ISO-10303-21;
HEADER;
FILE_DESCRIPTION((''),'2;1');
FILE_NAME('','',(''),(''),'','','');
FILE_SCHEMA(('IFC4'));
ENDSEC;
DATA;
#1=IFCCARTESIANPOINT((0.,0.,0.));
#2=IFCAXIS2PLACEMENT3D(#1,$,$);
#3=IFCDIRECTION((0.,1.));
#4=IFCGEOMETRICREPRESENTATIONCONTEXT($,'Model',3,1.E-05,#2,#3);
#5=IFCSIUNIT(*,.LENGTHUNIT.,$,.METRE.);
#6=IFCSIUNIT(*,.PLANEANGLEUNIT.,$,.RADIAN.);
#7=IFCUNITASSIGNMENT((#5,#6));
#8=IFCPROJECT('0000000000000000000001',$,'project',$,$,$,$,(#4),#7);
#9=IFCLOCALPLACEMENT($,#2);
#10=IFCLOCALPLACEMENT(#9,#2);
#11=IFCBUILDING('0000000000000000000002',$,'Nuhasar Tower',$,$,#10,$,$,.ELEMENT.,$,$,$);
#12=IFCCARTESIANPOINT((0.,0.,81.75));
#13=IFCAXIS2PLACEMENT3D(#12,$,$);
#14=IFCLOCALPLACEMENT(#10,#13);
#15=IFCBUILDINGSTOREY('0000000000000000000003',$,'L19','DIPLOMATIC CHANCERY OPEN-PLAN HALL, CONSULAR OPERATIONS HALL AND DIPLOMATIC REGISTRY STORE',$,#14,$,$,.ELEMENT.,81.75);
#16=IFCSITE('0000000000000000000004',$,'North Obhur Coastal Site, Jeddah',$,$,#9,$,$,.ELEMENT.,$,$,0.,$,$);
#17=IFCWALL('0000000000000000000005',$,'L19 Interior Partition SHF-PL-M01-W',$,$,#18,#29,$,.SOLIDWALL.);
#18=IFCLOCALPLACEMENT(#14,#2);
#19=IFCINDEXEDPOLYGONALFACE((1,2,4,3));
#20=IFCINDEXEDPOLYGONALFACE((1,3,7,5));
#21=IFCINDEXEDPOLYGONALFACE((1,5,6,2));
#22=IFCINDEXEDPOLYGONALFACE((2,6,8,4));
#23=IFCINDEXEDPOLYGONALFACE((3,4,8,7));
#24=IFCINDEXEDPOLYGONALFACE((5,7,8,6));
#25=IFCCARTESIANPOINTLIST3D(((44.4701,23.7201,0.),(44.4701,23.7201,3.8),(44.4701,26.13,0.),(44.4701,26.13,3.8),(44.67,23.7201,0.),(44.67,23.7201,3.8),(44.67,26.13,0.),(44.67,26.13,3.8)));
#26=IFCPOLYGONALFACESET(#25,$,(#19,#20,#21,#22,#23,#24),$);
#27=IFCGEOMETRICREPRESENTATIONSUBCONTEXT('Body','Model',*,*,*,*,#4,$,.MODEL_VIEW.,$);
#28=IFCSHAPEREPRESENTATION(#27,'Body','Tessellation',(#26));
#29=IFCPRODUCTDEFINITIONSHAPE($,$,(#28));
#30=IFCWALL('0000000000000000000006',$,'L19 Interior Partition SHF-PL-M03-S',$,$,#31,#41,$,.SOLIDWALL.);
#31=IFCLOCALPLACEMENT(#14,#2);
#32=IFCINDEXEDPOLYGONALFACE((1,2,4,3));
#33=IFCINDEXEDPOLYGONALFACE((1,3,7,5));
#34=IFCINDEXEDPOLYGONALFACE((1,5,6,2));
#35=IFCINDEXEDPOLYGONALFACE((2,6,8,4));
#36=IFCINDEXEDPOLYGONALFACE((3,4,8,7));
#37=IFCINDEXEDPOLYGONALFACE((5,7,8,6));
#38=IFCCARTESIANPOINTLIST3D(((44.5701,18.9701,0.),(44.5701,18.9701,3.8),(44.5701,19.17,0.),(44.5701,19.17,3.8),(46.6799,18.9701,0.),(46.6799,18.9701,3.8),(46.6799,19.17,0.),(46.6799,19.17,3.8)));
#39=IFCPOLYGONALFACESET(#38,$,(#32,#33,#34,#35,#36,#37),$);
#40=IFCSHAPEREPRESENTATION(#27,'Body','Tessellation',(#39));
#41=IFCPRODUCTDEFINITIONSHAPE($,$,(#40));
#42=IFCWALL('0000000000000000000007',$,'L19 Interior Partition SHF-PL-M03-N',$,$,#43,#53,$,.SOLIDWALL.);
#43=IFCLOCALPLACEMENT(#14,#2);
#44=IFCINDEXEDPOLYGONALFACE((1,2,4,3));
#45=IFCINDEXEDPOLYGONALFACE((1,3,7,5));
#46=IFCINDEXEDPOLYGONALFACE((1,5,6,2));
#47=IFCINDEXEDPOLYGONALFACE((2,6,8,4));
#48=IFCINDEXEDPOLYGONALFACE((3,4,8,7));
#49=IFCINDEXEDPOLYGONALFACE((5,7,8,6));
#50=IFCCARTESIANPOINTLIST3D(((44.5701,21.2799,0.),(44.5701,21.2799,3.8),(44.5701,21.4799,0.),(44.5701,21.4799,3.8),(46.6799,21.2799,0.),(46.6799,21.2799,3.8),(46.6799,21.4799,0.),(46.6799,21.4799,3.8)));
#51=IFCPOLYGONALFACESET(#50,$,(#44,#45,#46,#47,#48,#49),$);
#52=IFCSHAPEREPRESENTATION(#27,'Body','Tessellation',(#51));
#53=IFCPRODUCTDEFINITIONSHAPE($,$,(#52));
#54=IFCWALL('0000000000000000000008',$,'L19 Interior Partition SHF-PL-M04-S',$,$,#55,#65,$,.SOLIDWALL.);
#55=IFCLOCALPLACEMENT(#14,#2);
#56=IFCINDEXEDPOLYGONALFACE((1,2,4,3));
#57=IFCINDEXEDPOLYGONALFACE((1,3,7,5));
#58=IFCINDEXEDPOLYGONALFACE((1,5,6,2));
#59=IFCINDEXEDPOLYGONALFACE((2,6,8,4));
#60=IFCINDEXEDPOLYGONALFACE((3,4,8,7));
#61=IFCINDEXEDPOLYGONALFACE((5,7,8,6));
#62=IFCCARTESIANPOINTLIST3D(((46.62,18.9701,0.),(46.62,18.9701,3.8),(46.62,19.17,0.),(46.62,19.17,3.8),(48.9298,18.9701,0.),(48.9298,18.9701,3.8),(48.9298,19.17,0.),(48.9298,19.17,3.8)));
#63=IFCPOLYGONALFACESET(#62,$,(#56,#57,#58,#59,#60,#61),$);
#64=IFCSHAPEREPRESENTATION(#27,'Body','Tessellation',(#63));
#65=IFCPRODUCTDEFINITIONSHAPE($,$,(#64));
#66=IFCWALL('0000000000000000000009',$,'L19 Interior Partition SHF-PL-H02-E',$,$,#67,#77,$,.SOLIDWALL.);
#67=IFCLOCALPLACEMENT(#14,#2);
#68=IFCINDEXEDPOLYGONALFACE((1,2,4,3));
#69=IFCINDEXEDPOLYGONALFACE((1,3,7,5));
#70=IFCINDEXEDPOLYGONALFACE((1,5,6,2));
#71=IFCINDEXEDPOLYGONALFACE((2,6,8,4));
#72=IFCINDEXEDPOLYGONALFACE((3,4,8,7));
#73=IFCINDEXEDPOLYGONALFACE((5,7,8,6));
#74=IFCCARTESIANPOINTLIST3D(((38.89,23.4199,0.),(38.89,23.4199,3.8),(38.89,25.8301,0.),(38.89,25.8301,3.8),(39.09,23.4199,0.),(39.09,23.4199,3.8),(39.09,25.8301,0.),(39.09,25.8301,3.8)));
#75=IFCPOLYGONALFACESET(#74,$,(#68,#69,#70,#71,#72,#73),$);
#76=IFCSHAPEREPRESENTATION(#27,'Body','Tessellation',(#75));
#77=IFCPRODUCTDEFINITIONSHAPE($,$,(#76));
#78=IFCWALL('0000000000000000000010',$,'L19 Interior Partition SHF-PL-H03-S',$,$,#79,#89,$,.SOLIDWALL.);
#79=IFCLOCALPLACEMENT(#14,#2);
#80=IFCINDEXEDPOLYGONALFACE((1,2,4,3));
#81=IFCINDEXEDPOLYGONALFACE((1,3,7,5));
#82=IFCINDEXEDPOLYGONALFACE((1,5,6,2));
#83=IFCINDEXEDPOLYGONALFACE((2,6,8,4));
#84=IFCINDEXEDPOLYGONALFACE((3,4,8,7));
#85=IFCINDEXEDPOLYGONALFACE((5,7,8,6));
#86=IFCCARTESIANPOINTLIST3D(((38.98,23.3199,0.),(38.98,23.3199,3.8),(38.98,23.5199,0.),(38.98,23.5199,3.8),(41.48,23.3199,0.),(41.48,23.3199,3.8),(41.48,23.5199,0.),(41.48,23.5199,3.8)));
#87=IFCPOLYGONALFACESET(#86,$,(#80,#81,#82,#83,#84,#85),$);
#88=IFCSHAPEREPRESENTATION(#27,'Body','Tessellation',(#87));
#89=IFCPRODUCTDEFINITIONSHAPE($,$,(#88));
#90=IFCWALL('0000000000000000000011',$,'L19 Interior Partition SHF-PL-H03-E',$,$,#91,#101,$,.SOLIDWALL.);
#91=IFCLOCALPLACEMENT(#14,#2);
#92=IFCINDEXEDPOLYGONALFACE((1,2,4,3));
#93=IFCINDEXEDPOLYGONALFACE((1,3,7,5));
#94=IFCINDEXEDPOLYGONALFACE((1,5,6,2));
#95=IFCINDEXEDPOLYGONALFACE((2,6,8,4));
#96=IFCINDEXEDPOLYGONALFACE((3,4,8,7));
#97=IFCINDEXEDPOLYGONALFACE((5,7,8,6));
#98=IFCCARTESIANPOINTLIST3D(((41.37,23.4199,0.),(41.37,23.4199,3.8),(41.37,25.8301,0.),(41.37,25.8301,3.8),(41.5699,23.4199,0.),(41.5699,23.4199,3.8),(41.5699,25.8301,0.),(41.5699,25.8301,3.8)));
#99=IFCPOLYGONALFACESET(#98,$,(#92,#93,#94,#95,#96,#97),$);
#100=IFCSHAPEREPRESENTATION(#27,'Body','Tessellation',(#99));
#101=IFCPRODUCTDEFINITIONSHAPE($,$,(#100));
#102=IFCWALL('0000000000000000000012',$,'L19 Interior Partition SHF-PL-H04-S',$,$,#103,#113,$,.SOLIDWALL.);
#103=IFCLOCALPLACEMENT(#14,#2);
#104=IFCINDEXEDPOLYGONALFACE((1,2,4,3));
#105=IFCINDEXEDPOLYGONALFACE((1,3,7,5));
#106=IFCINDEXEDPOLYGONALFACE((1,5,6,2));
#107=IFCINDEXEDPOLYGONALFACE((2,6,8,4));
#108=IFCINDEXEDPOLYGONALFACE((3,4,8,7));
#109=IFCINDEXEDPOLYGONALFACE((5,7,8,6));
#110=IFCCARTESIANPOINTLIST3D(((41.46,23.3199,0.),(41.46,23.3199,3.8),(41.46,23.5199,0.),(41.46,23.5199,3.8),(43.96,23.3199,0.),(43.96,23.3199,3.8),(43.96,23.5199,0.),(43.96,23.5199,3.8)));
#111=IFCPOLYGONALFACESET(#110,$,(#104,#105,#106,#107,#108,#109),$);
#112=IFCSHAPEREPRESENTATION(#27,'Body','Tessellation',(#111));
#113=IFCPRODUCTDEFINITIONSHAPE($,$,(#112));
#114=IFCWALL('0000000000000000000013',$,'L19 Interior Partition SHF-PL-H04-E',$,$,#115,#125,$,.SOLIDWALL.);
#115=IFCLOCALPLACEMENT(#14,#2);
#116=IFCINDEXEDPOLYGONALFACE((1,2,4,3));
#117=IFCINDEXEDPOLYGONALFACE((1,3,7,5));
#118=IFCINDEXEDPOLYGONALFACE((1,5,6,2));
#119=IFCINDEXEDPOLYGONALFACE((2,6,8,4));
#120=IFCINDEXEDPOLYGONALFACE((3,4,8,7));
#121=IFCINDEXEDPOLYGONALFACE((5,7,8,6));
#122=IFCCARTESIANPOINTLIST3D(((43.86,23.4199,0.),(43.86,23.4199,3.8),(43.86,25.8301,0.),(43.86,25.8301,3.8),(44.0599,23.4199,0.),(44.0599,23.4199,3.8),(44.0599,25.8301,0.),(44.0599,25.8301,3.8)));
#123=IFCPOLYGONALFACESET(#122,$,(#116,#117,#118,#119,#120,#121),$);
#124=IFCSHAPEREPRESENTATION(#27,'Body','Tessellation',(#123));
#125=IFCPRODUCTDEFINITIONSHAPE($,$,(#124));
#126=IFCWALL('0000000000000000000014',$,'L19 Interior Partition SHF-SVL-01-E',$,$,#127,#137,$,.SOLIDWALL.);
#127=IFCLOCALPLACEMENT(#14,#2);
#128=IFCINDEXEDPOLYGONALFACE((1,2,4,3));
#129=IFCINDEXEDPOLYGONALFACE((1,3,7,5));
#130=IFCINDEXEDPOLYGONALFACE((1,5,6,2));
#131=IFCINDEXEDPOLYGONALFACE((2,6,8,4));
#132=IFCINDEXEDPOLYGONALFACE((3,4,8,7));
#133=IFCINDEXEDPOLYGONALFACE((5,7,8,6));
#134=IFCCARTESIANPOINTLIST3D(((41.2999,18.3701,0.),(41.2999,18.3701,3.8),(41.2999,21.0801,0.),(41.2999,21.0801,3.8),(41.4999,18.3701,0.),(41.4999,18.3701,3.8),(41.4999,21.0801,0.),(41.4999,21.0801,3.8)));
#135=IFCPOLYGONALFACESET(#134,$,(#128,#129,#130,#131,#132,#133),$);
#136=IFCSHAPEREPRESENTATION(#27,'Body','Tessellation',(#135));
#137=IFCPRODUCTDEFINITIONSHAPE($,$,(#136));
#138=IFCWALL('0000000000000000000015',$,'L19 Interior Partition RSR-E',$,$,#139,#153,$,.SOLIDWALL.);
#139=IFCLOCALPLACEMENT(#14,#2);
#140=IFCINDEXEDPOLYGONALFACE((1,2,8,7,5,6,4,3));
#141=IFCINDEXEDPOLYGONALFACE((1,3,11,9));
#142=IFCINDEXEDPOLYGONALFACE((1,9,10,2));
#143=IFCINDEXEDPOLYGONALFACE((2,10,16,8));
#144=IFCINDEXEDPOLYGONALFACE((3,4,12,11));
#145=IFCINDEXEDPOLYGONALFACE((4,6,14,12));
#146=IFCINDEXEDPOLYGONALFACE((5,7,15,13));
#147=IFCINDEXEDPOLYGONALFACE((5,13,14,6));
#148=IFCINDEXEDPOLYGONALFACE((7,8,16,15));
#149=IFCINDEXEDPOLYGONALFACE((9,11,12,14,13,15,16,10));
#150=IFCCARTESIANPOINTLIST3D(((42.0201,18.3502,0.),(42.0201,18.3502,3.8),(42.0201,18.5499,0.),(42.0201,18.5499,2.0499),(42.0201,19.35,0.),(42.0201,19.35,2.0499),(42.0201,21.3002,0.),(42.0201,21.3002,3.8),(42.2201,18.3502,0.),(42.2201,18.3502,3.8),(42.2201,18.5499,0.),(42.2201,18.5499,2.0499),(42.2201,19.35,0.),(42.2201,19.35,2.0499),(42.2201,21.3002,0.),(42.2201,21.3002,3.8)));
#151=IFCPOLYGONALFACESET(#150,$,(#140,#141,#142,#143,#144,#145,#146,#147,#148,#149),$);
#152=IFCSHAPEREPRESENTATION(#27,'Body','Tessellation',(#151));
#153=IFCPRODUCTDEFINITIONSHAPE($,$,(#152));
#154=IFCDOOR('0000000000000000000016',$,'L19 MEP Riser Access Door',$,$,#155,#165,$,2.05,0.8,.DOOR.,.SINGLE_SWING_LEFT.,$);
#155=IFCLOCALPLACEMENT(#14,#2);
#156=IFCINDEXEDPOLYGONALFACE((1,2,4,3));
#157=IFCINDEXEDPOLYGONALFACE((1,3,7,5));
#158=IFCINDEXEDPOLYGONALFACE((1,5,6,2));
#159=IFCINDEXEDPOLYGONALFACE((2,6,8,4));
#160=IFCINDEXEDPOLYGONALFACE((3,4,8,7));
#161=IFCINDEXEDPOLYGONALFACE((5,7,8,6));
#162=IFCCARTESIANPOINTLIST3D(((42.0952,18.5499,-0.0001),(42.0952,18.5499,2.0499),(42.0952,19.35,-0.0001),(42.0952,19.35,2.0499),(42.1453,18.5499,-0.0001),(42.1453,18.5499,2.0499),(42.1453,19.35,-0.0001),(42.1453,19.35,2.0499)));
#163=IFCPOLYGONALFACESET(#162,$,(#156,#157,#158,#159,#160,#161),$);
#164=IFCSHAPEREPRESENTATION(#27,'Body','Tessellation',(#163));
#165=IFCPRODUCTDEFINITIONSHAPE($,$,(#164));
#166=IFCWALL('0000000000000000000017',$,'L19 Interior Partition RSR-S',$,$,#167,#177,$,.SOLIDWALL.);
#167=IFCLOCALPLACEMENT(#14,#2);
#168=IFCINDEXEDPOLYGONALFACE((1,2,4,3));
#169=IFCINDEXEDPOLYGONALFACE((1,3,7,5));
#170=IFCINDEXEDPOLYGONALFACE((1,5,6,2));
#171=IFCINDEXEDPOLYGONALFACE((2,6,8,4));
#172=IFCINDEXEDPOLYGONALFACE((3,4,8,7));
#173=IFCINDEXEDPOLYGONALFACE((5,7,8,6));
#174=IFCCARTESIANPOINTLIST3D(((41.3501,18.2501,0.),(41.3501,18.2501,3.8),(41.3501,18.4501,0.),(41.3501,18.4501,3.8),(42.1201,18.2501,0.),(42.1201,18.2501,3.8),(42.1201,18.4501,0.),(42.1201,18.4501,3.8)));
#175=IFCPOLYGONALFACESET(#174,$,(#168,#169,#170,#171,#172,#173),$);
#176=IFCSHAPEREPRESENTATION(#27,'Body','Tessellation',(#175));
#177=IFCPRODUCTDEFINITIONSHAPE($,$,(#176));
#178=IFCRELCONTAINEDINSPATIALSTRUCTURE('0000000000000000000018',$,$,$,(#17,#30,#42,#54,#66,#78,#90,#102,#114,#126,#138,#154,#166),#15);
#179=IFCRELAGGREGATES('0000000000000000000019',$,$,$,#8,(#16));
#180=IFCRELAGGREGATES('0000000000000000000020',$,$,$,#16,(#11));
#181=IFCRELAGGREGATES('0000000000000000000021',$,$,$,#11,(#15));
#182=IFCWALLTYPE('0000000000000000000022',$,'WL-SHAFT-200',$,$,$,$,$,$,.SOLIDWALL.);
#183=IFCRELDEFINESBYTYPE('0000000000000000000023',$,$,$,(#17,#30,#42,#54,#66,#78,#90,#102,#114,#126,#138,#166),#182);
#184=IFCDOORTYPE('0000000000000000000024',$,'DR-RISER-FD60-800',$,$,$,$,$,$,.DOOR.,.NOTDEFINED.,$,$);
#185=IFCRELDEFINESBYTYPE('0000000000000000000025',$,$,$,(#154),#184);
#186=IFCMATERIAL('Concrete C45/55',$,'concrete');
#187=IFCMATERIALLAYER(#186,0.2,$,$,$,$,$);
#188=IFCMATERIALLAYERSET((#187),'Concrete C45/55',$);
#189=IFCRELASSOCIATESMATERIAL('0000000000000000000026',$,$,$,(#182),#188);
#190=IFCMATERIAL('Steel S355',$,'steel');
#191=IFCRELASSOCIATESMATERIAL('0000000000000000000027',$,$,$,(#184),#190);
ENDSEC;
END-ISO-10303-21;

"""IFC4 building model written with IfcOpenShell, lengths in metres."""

from ifc_helpers import new_model, si_unit, direction, frame, frame_2d, origin, place, context, subcontext, project, spatial, rectangle, extrude, material, layer, layer_set, type_object, element, fill, save


model = new_model("IFC4")

# Units and contexts
model_context = context("Model", 3, precision=1e-05, world=origin(), true_north=direction((0.0, 1.0)))
body_context = subcontext(model_context, "Body", "Model", "MODEL_VIEW")
ifc_project = project(units=[si_unit("LENGTHUNIT", "METRE"), si_unit("PLANEANGLEUNIT", "RADIAN")], contexts=[model_context])

# Site, building, storey
site_placement = place(None, origin())
site = spatial("IfcSite", under=ifc_project, at=site_placement, Name="North Obhur Coastal Site, Jeddah", CompositionType="ELEMENT", RefElevation=0.0)
building_placement = place(site_placement, origin())
building = spatial("IfcBuilding", under=site, at=building_placement, Name="Nuhasar Tower", CompositionType="ELEMENT")
storey_placement = place(building_placement, frame((0.0, 0.0, 81.75)))
storey = spatial("IfcBuildingStorey", under=building, at=storey_placement, Name="L19", Description="DIPLOMATIC CHANCERY OPEN-PLAN HALL, CONSULAR OPERATIONS HALL AND DIPLOMATIC REGISTRY STORE", CompositionType="ELEMENT", Elevation=81.75)

# Shared definitions
ifc_material_1 = material(Name="Steel S355", Category="steel")

# Shared definitions
ifc_material_2 = material(Name="Concrete C45/55", Category="concrete")

# Walls
ifc_layer_1 = layer(ifc_material_2, 0.2)
ifc_layer_set_1 = layer_set([ifc_layer_1], Name="Concrete C45/55")
wall_type_1 = type_object("IfcWallType", Name="WL-SHAFT-200", PredefinedType="SOLIDWALL", material=ifc_layer_set_1)
wall_1_placement = place(storey_placement, frame((44.5701, 23.72, 0.0), z_axis=(0.0, 0.0, 1.0), x_axis=(0.0, 1.0, 0.0)))
element("IfcWall", 1, at=wall_1_placement, inside=storey, type_object=wall_type_1, Name="L19 Interior Partition SHF-PL-M01-W", PredefinedType="SOLIDWALL", context=body_context, shape_type="SweptSolid", body=[
    extrude(rectangle(XDim=2.4099, YDim=0.2, at=frame_2d((1.2051, 0.0))), origin(), (0.0, 0.0, 1.0), 3.8),
])
for number, where, z_axis, x_axis, name in (
    (2, (44.5701, 19.0701, 0.0), (0.0, 0.0, 1.0), (1.0, 0.0, 0.0), "L19 Interior Partition SHF-PL-M03-S"),
    (3, (44.5701, 21.3799, 0.0), (0.0, 0.0, 1.0), (1.0, 0.0, 0.0), "L19 Interior Partition SHF-PL-M03-N"),
):
    element("IfcWall", number, at=place(storey_placement, frame(where, z_axis=z_axis, x_axis=x_axis)), inside=storey, type_object=wall_type_1, Name=name, PredefinedType="SOLIDWALL", context=body_context, shape_type="SweptSolid", body=[
        extrude(rectangle(XDim=2.1099, YDim=0.2, at=frame_2d((1.0549, 0.0))), origin(), (0.0, 0.0, 1.0), 3.8),
    ])
wall_2_placement = place(storey_placement, frame((46.6201, 19.0701, 0.0), z_axis=(0.0, 0.0, 1.0), x_axis=(1.0, 0.0, 0.0)))
element("IfcWall", 4, at=wall_2_placement, inside=storey, type_object=wall_type_1, Name="L19 Interior Partition SHF-PL-M04-S", PredefinedType="SOLIDWALL", context=body_context, shape_type="SweptSolid", body=[
    extrude(rectangle(XDim=2.3098, YDim=0.2, at=frame_2d((1.1548, 0.0))), origin(), (0.0, 0.0, 1.0), 3.8),
])
wall_3_placement = place(storey_placement, frame((38.99, 23.4199, 0.0), z_axis=(0.0, 0.0, 1.0), x_axis=(0.0, 1.0, 0.0)))
element("IfcWall", 5, at=wall_3_placement, inside=storey, type_object=wall_type_1, Name="L19 Interior Partition SHF-PL-H02-E", PredefinedType="SOLIDWALL", context=body_context, shape_type="SweptSolid", body=[
    extrude(rectangle(XDim=2.4102, YDim=0.2, at=frame_2d((1.2051, 0.0))), origin(), (0.0, 0.0, 1.0), 3.8),
])
wall_4_placement = place(storey_placement, frame((38.98, 23.4199, 0.0), z_axis=(0.0, 0.0, 1.0), x_axis=(1.0, 0.0, 0.0)))
element("IfcWall", 6, at=wall_4_placement, inside=storey, type_object=wall_type_1, Name="L19 Interior Partition SHF-PL-H03-S", PredefinedType="SOLIDWALL", context=body_context, shape_type="SweptSolid", body=[
    extrude(rectangle(XDim=2.5, YDim=0.2, at=frame_2d((1.25, 0.0))), origin(), (0.0, 0.0, 1.0), 3.8),
])
wall_5_placement = place(storey_placement, frame((41.47, 23.4199, 0.0), z_axis=(0.0, 0.0, 1.0), x_axis=(0.0, 1.0, 0.0)))
element("IfcWall", 7, at=wall_5_placement, inside=storey, type_object=wall_type_1, Name="L19 Interior Partition SHF-PL-H03-E", PredefinedType="SOLIDWALL", context=body_context, shape_type="SweptSolid", body=[
    extrude(rectangle(XDim=2.4102, YDim=0.2, at=frame_2d((1.2051, 0.0))), origin(), (0.0, 0.0, 1.0), 3.8),
])
wall_6_placement = place(storey_placement, frame((41.46, 23.4199, 0.0), z_axis=(0.0, 0.0, 1.0), x_axis=(1.0, 0.0, 0.0)))
element("IfcWall", 8, at=wall_6_placement, inside=storey, type_object=wall_type_1, Name="L19 Interior Partition SHF-PL-H04-S", PredefinedType="SOLIDWALL", context=body_context, shape_type="SweptSolid", body=[
    extrude(rectangle(XDim=2.5, YDim=0.2, at=frame_2d((1.25, 0.0))), origin(), (0.0, 0.0, 1.0), 3.8),
])
wall_7_placement = place(storey_placement, frame((43.96, 23.4199, 0.0), z_axis=(0.0, 0.0, 1.0), x_axis=(0.0, 1.0, 0.0)))
element("IfcWall", 9, at=wall_7_placement, inside=storey, type_object=wall_type_1, Name="L19 Interior Partition SHF-PL-H04-E", PredefinedType="SOLIDWALL", context=body_context, shape_type="SweptSolid", body=[
    extrude(rectangle(XDim=2.4102, YDim=0.2, at=frame_2d((1.2051, 0.0))), origin(), (0.0, 0.0, 1.0), 3.8),
])
wall_8_placement = place(storey_placement, frame((41.3999, 18.3701, 0.0), z_axis=(0.0, 0.0, 1.0), x_axis=(0.0, 1.0, 0.0)))
element("IfcWall", 10, at=wall_8_placement, inside=storey, type_object=wall_type_1, Name="L19 Interior Partition SHF-SVL-01-E", PredefinedType="SOLIDWALL", context=body_context, shape_type="SweptSolid", body=[
    extrude(rectangle(XDim=2.71, YDim=0.2, at=frame_2d((1.355, 0.0))), origin(), (0.0, 0.0, 1.0), 3.8),
])

# Wall, opening, door
wall_9_placement = place(storey_placement, frame((42.1201, 18.3501, 0.0), z_axis=(0.0, 0.0, 1.0), x_axis=(0.0, 1.0, 0.0)))
wall_9 = element("IfcWall", 11, at=wall_9_placement, inside=storey, type_object=wall_type_1, Name="L19 Interior Partition RSR-E", PredefinedType="SOLIDWALL", context=body_context, shape_type="SweptSolid", body=[
    extrude(rectangle(XDim=2.95, YDim=0.2, at=frame_2d((1.4751, 0.0))), origin(), (0.0, 0.0, 1.0), 3.8),
])
opening_1_placement = place(wall_9_placement, frame((0.2, 0.0, 0.0)))
opening_1 = element("IfcOpeningElement", 12, at=opening_1_placement, cuts=wall_9, PredefinedType="OPENING", context=body_context, shape_type="SweptSolid", body=[
    extrude(rectangle(XDim=0.8, YDim=2.05, at=frame_2d((0.3999, 1.0249))), frame((0.0, 0.1099, 0.0), z_axis=(0.0, -1.0, 0.0), x_axis=(1.0, 0.0, 0.0)), (0.0, 0.0, 1.0), 0.22),
])
door_type_1 = type_object("IfcDoorType", Name="DR-RISER-FD60-800", OperationType="NOTDEFINED", PredefinedType="DOOR", material=ifc_material_1)
door_1_placement = place(opening_1_placement, origin())
door_1 = element("IfcDoor", 13, at=door_1_placement, inside=storey, type_object=door_type_1, Name="L19 MEP Riser Access Door", OperationType="SINGLE_SWING_LEFT", OverallHeight=2.05, OverallWidth=0.8, PredefinedType="DOOR", context=body_context, shape_type="SweptSolid", body=[
    extrude(rectangle(XDim=0.8, YDim=2.05, at=frame_2d((0.3999, 1.0249))), frame((0.0, 0.0249, 0.0), z_axis=(0.0, -1.0, 0.0), x_axis=(1.0, 0.0, 0.0)), (0.0, 0.0, 1.0), 0.05),
])
fill(opening_1, door_1)

# Wall
wall_10_placement = place(storey_placement, frame((41.3501, 18.3501, 0.0), z_axis=(0.0, 0.0, 1.0), x_axis=(1.0, 0.0, 0.0)))
element("IfcWall", 14, at=wall_10_placement, inside=storey, type_object=wall_type_1, Name="L19 Interior Partition RSR-S", PredefinedType="SOLIDWALL", context=body_context, shape_type="SweptSolid", body=[
    extrude(rectangle(XDim=0.77, YDim=0.2, at=frame_2d((0.385, 0.0))), origin(), (0.0, 0.0, 1.0), 3.8),
])

save(model, "model.ifc")
